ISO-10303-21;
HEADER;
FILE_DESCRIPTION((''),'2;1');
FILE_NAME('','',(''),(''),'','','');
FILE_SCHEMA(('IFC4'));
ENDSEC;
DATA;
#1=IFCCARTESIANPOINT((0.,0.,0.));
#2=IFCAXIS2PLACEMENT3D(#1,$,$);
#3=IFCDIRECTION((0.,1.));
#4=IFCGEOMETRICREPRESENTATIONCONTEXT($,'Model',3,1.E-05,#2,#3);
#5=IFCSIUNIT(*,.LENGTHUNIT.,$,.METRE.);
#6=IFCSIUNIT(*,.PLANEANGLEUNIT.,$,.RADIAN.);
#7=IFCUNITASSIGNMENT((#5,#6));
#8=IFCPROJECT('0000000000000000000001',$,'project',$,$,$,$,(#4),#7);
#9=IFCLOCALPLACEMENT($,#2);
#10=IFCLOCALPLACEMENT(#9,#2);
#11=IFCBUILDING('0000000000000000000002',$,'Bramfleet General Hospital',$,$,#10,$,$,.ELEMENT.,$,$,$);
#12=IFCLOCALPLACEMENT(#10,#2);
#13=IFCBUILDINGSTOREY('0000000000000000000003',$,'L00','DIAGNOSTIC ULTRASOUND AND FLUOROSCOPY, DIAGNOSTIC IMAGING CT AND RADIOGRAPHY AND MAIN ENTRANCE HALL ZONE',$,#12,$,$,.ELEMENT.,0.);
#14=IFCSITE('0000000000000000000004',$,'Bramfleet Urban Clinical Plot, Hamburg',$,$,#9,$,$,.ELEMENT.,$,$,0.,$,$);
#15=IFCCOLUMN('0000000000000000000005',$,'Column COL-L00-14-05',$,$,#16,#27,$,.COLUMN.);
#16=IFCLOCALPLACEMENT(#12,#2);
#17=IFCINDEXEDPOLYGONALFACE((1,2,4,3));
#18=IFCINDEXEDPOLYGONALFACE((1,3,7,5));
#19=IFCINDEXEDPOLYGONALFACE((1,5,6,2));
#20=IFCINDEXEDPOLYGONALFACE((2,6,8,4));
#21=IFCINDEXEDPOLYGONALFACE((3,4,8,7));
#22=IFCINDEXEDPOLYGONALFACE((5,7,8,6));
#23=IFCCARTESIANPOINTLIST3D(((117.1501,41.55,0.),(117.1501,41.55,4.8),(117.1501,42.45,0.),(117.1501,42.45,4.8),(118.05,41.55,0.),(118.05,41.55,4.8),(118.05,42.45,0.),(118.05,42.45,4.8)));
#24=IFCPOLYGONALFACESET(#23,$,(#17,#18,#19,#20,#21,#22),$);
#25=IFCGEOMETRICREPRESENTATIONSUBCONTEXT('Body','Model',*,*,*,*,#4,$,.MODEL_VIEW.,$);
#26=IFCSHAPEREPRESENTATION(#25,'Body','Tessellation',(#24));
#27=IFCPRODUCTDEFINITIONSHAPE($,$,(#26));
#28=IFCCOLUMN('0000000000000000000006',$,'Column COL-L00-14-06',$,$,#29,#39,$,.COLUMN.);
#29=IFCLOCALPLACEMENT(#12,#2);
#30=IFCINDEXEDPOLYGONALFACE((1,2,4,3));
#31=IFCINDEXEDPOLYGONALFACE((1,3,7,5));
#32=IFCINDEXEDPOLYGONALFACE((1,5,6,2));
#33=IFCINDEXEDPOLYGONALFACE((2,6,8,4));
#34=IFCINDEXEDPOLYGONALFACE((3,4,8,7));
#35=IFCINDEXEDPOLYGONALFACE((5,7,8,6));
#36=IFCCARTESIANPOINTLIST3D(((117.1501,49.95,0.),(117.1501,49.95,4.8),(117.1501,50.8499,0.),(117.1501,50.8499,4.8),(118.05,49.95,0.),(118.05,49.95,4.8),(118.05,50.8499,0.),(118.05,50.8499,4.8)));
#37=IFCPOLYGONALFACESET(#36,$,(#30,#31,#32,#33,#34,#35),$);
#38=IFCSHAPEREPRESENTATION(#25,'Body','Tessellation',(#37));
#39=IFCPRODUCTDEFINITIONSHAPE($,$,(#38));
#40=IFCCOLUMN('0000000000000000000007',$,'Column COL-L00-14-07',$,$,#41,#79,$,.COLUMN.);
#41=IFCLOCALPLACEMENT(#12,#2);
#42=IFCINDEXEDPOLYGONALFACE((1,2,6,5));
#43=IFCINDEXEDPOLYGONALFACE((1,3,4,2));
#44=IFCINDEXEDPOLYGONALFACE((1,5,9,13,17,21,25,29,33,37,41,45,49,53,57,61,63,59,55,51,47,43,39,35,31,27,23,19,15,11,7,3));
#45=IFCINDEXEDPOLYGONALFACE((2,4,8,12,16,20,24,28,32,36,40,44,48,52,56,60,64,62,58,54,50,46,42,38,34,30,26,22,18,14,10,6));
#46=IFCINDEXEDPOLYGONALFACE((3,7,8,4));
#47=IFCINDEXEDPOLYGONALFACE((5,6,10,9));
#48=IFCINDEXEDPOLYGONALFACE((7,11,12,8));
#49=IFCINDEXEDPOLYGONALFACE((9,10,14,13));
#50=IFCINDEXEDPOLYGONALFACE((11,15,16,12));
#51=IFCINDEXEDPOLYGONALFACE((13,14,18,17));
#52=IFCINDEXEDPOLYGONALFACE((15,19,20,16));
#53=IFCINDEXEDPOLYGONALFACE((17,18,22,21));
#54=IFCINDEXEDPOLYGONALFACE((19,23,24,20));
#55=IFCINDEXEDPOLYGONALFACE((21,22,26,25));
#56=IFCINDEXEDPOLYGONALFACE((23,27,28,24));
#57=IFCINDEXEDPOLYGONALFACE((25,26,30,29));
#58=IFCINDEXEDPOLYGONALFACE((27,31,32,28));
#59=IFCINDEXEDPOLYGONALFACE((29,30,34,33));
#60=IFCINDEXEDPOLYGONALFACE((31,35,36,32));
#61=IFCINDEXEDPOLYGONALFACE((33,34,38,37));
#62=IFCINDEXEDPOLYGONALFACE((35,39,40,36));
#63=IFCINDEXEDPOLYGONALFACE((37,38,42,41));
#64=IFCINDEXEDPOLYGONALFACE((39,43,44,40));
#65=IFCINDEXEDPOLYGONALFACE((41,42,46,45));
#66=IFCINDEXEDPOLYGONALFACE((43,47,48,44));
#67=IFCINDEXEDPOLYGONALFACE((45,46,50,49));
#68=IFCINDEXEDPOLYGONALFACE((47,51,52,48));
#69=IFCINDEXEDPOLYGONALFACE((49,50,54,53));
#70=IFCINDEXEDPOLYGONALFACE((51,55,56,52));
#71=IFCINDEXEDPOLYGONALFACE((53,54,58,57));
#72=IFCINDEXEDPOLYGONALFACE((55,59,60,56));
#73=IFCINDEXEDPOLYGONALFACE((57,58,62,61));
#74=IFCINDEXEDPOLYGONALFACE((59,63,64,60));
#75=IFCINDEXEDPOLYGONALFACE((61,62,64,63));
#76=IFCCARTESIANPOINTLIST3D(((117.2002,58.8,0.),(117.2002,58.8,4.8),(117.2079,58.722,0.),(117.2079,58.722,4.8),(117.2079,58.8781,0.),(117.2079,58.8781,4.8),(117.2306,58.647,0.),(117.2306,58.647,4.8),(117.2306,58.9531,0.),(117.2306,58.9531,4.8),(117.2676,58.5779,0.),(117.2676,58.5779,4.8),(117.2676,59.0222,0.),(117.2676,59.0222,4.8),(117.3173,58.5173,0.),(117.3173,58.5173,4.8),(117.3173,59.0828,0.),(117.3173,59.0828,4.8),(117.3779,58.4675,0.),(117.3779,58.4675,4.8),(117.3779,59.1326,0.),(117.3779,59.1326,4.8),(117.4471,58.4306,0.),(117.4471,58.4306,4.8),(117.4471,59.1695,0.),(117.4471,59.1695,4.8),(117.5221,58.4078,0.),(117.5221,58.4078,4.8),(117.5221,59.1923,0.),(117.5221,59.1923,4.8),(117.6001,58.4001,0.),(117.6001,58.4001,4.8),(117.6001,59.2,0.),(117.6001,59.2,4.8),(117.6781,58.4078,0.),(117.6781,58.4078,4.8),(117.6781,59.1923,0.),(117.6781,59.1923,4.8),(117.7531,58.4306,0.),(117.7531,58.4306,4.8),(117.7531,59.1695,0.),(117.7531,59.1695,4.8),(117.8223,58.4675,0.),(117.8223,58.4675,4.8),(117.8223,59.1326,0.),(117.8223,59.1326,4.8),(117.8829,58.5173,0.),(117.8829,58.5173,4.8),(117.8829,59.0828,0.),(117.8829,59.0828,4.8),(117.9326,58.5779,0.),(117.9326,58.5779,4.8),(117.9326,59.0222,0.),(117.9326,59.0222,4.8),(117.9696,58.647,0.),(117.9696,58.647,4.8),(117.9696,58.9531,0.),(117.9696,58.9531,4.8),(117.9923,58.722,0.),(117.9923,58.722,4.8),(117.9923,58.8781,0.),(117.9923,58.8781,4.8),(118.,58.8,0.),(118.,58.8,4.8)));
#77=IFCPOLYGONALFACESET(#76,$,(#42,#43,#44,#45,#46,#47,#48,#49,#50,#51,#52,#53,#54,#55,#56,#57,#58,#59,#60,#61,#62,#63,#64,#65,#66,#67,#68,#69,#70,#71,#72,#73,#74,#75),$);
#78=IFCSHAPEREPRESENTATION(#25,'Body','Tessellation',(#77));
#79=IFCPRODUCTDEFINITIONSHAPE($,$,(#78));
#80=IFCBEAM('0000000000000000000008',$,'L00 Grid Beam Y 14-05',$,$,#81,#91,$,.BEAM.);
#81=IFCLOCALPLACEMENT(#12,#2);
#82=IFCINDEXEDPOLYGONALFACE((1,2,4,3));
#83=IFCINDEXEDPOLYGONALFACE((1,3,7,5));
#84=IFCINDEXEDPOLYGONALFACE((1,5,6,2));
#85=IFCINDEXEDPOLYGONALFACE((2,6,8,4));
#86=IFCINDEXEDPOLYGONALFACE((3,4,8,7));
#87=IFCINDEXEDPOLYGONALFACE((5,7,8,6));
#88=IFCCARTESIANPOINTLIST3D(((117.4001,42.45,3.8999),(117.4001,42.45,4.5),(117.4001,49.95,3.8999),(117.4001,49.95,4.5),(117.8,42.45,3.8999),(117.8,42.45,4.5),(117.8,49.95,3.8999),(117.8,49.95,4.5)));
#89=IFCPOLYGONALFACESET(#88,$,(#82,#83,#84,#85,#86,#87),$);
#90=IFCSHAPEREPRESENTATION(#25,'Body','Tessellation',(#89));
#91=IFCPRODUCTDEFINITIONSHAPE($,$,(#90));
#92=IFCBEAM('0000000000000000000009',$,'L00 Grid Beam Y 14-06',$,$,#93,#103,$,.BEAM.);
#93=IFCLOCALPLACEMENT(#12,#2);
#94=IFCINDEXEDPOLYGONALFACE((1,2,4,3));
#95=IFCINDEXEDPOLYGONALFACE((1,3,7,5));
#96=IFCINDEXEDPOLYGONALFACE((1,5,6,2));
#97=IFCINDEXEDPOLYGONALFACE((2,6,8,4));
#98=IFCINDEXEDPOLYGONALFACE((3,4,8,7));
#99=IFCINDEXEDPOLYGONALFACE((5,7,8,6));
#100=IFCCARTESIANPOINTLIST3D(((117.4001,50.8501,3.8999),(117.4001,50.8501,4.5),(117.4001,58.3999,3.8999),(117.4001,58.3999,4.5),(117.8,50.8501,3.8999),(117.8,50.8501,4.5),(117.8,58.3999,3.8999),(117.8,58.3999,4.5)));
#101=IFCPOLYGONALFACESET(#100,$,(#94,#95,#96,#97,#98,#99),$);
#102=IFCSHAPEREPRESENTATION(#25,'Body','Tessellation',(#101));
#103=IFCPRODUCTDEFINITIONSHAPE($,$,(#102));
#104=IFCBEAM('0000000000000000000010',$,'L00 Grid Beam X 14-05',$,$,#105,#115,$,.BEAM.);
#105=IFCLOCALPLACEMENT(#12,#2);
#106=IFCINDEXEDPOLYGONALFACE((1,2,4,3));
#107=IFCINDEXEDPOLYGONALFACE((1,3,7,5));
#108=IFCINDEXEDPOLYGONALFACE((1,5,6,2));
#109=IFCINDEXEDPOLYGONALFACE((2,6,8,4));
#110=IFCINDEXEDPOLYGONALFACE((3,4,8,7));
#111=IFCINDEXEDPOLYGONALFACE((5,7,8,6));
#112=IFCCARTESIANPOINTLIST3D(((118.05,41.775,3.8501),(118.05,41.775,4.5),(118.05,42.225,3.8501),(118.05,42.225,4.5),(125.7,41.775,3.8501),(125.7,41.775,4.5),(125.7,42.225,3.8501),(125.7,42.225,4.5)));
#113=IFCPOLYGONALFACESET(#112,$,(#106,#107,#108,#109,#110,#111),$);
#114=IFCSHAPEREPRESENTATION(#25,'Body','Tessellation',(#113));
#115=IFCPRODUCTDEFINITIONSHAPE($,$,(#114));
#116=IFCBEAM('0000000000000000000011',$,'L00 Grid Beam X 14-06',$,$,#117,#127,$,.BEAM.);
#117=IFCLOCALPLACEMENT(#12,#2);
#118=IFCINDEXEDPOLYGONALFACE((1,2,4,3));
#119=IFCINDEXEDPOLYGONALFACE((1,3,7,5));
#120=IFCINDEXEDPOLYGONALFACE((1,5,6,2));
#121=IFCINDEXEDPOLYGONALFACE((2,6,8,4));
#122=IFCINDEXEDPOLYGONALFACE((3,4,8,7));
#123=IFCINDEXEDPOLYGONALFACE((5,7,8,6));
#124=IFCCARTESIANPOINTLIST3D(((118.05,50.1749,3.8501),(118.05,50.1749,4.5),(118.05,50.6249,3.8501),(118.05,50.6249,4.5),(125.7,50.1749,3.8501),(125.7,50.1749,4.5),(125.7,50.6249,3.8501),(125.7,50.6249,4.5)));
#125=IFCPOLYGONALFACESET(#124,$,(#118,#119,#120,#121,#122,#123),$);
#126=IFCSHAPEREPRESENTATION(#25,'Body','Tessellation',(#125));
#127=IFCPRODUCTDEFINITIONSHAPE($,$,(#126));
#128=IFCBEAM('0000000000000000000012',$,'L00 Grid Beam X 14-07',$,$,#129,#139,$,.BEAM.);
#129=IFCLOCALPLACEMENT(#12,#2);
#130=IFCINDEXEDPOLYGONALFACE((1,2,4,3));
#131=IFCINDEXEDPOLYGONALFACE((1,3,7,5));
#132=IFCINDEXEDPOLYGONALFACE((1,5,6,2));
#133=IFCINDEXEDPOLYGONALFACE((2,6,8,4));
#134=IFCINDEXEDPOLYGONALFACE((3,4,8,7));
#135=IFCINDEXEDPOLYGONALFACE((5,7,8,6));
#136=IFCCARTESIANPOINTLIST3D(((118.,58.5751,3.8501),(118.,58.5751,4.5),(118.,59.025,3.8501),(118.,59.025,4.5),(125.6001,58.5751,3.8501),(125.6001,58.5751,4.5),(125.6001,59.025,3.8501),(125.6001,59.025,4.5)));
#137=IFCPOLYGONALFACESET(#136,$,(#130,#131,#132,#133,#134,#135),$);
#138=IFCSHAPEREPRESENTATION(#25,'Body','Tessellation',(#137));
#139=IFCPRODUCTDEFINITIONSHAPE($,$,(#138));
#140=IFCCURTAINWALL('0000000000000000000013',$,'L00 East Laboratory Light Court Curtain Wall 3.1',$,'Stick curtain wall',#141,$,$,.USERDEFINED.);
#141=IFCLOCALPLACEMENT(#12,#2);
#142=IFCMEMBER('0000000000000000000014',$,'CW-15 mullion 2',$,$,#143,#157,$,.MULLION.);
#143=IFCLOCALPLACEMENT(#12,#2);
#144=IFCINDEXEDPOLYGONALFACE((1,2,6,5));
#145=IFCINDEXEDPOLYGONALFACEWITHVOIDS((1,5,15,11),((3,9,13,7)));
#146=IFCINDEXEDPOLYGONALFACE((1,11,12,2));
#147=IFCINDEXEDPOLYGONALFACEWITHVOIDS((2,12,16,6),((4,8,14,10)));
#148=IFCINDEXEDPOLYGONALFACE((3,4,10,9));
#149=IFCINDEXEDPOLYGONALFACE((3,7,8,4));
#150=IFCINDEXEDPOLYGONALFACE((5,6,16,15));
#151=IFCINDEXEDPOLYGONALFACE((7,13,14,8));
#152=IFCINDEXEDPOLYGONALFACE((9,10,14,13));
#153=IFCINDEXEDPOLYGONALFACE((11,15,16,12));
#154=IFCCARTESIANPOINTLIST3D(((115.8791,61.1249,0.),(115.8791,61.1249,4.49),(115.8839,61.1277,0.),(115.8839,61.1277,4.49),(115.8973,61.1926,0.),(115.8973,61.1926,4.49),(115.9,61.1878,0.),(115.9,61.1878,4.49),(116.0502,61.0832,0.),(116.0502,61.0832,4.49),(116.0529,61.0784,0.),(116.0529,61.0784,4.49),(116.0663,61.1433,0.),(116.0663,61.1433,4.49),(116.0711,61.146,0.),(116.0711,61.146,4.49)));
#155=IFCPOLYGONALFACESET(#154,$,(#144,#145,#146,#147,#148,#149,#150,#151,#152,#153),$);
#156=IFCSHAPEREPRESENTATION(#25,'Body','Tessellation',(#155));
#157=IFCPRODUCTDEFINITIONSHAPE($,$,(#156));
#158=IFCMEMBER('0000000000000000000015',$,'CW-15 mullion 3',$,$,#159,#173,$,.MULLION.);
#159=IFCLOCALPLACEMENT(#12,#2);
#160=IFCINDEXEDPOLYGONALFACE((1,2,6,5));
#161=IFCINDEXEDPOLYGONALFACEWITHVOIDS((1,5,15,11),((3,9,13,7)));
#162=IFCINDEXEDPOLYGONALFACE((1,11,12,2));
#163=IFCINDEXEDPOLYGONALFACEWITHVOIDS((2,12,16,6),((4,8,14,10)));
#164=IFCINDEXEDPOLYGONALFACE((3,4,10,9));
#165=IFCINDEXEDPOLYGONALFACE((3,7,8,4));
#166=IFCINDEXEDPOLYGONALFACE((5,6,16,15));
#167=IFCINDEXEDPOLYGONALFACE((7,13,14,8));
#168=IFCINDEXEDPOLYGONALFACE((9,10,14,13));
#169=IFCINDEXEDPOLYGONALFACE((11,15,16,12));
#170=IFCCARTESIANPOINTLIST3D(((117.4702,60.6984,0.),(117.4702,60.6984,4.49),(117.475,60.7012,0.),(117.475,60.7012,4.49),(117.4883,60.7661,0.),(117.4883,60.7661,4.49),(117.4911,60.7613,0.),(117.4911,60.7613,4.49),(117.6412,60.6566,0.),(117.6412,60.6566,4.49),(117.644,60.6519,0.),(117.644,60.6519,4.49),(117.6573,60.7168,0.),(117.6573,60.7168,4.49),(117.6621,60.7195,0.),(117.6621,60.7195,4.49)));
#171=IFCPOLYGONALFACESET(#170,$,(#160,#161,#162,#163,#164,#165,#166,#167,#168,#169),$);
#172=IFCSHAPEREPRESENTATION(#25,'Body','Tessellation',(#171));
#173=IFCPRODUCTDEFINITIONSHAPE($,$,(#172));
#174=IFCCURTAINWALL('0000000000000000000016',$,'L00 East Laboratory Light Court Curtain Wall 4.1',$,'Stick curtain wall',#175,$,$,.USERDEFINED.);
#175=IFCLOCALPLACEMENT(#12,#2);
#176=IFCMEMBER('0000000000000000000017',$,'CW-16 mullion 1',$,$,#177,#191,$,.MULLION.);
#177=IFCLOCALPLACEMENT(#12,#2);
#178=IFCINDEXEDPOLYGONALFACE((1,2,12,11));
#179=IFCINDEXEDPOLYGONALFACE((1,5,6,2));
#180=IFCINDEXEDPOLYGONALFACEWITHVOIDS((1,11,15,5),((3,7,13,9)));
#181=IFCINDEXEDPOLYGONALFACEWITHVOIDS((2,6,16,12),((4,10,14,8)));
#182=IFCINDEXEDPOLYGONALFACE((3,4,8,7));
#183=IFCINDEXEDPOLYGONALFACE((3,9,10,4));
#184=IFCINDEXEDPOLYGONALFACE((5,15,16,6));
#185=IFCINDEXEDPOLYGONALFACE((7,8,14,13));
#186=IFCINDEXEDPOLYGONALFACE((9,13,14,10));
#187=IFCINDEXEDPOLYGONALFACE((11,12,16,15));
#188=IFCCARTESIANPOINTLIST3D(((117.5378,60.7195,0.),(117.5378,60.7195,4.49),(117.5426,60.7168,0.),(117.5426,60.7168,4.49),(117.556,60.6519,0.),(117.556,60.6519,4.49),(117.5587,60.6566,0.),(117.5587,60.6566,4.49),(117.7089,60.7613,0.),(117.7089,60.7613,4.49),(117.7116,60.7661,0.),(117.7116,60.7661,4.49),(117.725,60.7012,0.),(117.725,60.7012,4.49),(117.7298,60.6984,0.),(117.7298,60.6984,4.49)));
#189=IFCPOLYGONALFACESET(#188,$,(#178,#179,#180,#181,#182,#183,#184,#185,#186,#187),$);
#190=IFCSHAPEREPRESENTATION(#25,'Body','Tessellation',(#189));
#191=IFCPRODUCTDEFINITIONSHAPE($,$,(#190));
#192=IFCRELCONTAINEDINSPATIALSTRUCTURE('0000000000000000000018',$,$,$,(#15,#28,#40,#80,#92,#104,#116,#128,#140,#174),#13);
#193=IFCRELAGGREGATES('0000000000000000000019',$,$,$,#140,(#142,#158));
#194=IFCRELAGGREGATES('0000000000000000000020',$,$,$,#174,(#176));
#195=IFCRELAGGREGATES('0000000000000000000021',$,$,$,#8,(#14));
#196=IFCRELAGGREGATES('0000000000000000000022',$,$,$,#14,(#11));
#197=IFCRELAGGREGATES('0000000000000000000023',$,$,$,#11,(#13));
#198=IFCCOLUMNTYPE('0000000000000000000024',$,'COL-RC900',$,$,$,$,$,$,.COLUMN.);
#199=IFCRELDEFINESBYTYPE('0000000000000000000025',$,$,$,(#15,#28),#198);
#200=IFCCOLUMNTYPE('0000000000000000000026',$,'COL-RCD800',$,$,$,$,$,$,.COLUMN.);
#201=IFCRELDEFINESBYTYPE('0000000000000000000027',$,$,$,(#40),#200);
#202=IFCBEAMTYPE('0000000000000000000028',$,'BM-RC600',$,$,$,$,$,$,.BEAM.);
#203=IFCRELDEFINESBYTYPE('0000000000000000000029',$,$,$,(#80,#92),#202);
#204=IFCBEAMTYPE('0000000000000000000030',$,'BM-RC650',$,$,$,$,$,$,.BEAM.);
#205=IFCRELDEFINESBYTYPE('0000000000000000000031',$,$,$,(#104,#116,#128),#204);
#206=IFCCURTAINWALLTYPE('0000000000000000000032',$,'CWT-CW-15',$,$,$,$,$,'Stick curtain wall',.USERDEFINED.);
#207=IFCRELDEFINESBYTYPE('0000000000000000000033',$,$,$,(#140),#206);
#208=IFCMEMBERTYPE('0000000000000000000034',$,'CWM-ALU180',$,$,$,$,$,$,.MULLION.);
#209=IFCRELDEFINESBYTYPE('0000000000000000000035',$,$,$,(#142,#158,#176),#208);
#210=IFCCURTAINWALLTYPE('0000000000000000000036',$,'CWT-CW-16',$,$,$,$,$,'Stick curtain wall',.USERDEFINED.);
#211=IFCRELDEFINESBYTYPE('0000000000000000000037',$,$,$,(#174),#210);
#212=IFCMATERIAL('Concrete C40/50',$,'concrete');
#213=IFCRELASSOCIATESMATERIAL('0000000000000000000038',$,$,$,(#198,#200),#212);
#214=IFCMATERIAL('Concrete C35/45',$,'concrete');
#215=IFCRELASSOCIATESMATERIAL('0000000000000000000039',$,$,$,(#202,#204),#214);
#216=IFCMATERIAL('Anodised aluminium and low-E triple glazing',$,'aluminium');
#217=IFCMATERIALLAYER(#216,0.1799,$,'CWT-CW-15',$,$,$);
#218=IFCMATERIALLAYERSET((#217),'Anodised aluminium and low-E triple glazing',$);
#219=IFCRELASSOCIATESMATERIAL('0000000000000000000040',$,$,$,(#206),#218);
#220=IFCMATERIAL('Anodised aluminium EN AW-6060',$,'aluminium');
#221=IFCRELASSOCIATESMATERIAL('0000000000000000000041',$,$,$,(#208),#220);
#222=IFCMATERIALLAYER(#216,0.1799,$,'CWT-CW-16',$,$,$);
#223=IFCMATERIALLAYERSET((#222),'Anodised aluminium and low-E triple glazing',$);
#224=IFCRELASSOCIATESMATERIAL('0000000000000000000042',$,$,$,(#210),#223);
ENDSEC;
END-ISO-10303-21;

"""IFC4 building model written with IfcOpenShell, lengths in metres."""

from ifc_helpers import new_model, si_unit, direction, frame, origin, origin_2d, place, context, subcontext, project, spatial, rectangle, hollow_rectangle, circle, extrude, material, layer, layer_set, material_profile, profile_set, type_object, element, aggregate, save


model = new_model("IFC4")

# Units and contexts
model_context = context("Model", 3, precision=1e-05, world=origin(), true_north=direction((0.0, 1.0)))
body_context = subcontext(model_context, "Body", "Model", "MODEL_VIEW")
ifc_project = project(units=[si_unit("LENGTHUNIT", "METRE"), si_unit("PLANEANGLEUNIT", "RADIAN")], contexts=[model_context])

# Site, building, storey
site_placement = place(None, origin())
site = spatial("IfcSite", under=ifc_project, at=site_placement, Name="Bramfleet Urban Clinical Plot, Hamburg", CompositionType="ELEMENT", RefElevation=0.0)
building_placement = place(site_placement, origin())
building = spatial("IfcBuilding", under=site, at=building_placement, Name="Bramfleet General Hospital", CompositionType="ELEMENT")
storey_placement = place(building_placement, origin())
storey = spatial("IfcBuildingStorey", under=building, at=storey_placement, Name="L00", Description="DIAGNOSTIC ULTRASOUND AND FLUOROSCOPY, DIAGNOSTIC IMAGING CT AND RADIOGRAPHY AND MAIN ENTRANCE HALL ZONE", CompositionType="ELEMENT", Elevation=0.0)

# Columns
ifc_material_1 = material(Name="Concrete C40/50", Category="concrete")
ifc_material_profile_1 = material_profile(ifc_material_1, rectangle(XDim=0.8999, YDim=0.8999, at=origin_2d()), Name="RC COL 900x900")
ifc_profile_set_1 = profile_set([ifc_material_profile_1], Name="Concrete C40/50")
column_type_1 = type_object("IfcColumnType", Name="COL-RC900", PredefinedType="COLUMN", material=ifc_profile_set_1)
for number, where, z_axis, x_axis, name in (
    (1, (117.6001, 42.0, 0.0), (0.0, 0.0, 1.0), (1.0, 0.0, 0.0), "Column COL-L00-14-05"),
    (2, (117.6001, 50.3999, 0.0), (0.0, 0.0, 1.0), (1.0, 0.0, 0.0), "Column COL-L00-14-06"),
):
    element("IfcColumn", number, at=place(storey_placement, frame(where, z_axis=z_axis, x_axis=x_axis)), inside=storey, type_object=column_type_1, Name=name, PredefinedType="COLUMN", context=body_context, shape_type="SweptSolid", body=[
        extrude(rectangle(XDim=0.8999, YDim=0.8999, at=origin_2d()), origin(), (0.0, 0.0, 1.0), 4.8),
    ])
ifc_material_profile_2 = material_profile(ifc_material_1, circle(Radius=0.3999, at=origin_2d()), Name="RC ROUND D800")
ifc_profile_set_2 = profile_set([ifc_material_profile_2], Name="Concrete C40/50")
column_type_2 = type_object("IfcColumnType", Name="COL-RCD800", PredefinedType="COLUMN", material=ifc_profile_set_2)
column_placement = place(storey_placement, frame((117.6001, 58.8, 0.0), z_axis=(0.0, 0.0, 1.0), x_axis=(1.0, 0.0, 0.0)))
element("IfcColumn", 3, at=column_placement, inside=storey, type_object=column_type_2, Name="Column COL-L00-14-07", PredefinedType="COLUMN", context=body_context, shape_type="SweptSolid", body=[
    extrude(circle(Radius=0.3999, at=origin_2d()), origin(), (0.0, 0.0, 1.0), 4.8),
])

# Beams
ifc_material_2 = material(Name="Concrete C35/45", Category="concrete")
ifc_material_profile_3 = material_profile(ifc_material_2, rectangle(XDim=0.3999, YDim=0.6001, at=origin_2d()), Name="RC BM 600x400")
ifc_profile_set_3 = profile_set([ifc_material_profile_3], Name="Concrete C35/45")
beam_type_1 = type_object("IfcBeamType", Name="BM-RC600", PredefinedType="BEAM", material=ifc_profile_set_3)
beam_1_placement = place(storey_placement, frame((117.6001, 42.45, 4.2), z_axis=(0.0, 1.0, 0.0), x_axis=(-1.0, 0.0, 0.0)))
element("IfcBeam", 4, at=beam_1_placement, inside=storey, type_object=beam_type_1, Name="L00 Grid Beam Y 14-05", PredefinedType="BEAM", context=body_context, shape_type="SweptSolid", body=[
    extrude(rectangle(XDim=0.3999, YDim=0.6001, at=origin_2d()), origin(), (0.0, 0.0, 1.0), 7.5),
])
beam_2_placement = place(storey_placement, frame((117.6001, 50.8501, 4.2), z_axis=(0.0, 1.0, 0.0), x_axis=(-1.0, 0.0, 0.0)))
element("IfcBeam", 5, at=beam_2_placement, inside=storey, type_object=beam_type_1, Name="L00 Grid Beam Y 14-06", PredefinedType="BEAM", context=body_context, shape_type="SweptSolid", body=[
    extrude(rectangle(XDim=0.3999, YDim=0.6001, at=origin_2d()), origin(), (0.0, 0.0, 1.0), 7.5498),
])
ifc_material_profile_4 = material_profile(ifc_material_2, rectangle(XDim=0.45, YDim=0.6499, at=origin_2d()), Name="RC BM 650x450")
ifc_profile_set_4 = profile_set([ifc_material_profile_4], Name="Concrete C35/45")
beam_type_2 = type_object("IfcBeamType", Name="BM-RC650", PredefinedType="BEAM", material=ifc_profile_set_4)
for number, where, z_axis, x_axis, name in (
    (6, (118.05, 42.0, 4.175), (1.0, 0.0, 0.0), (0.0, 1.0, 0.0), "L00 Grid Beam X 14-05"),
    (7, (118.05, 50.3999, 4.175), (1.0, 0.0, 0.0), (0.0, 1.0, 0.0), "L00 Grid Beam X 14-06"),
):
    element("IfcBeam", number, at=place(storey_placement, frame(where, z_axis=z_axis, x_axis=x_axis)), inside=storey, type_object=beam_type_2, Name=name, PredefinedType="BEAM", context=body_context, shape_type="SweptSolid", body=[
        extrude(rectangle(XDim=0.45, YDim=0.6499, at=origin_2d()), origin(), (0.0, 0.0, 1.0), 7.6499),
    ])
beam_3_placement = place(storey_placement, frame((118.0, 58.8, 4.175), z_axis=(1.0, 0.0, 0.0), x_axis=(0.0, 1.0, 0.0)))
element("IfcBeam", 8, at=beam_3_placement, inside=storey, type_object=beam_type_2, Name="L00 Grid Beam X 14-07", PredefinedType="BEAM", context=body_context, shape_type="SweptSolid", body=[
    extrude(rectangle(XDim=0.45, YDim=0.6499, at=origin_2d()), origin(), (0.0, 0.0, 1.0), 7.6001),
])

# Curtain walls, members
ifc_material_3 = material(Name="Anodised aluminium and low-E triple glazing", Category="aluminium")
ifc_layer_1 = layer(ifc_material_3, 0.1799, Name="CWT-CW-15")
ifc_layer_set_1 = layer_set([ifc_layer_1], Name="Anodised aluminium and low-E triple glazing")
curtain_wall_type_1 = type_object("IfcCurtainWallType", Name="CWT-CW-15", ElementType="Stick curtain wall", PredefinedType="USERDEFINED", material=ifc_layer_set_1)
curtain_wall_1_placement = place(storey_placement, origin())
curtain_wall_1 = element("IfcCurtainWall", 9, at=curtain_wall_1_placement, inside=storey, type_object=curtain_wall_type_1, Name="L00 East Laboratory Light Court Curtain Wall 3.1", ObjectType="Stick curtain wall", PredefinedType="USERDEFINED")
ifc_material_4 = material(Name="Anodised aluminium EN AW-6060", Category="aluminium")
ifc_material_profile_5 = material_profile(ifc_material_4, hollow_rectangle(XDim=0.0701, YDim=0.1799, WallThickness=0.0039, at=origin_2d()), Name="ALU 180x70x4.0")
ifc_profile_set_5 = profile_set([ifc_material_profile_5], Name="Anodised aluminium EN AW-6060")
member_type_1 = type_object("IfcMemberType", Name="CWM-ALU180", PredefinedType="MULLION", material=ifc_profile_set_5)
member_1_placement = place(storey_placement, frame((115.9751, 61.1355, 0.0), z_axis=(0.0, 0.0, 1.0), x_axis=(0.258865, 0.965914, 0.0)))
member_1 = element("IfcMember", 10, at=member_1_placement, type_object=member_type_1, Name="CW-15 mullion 2", PredefinedType="MULLION", context=body_context, shape_type="SweptSolid", body=[
    extrude(hollow_rectangle(XDim=0.0701, YDim=0.1799, WallThickness=0.0039, at=origin_2d()), origin(), (0.0, 0.0, 1.0), 4.49),
])
member_2_placement = place(storey_placement, frame((117.5662, 60.709, 0.0), z_axis=(0.0, 0.0, 1.0), x_axis=(0.258865, 0.965914, 0.0)))
member_2 = element("IfcMember", 11, at=member_2_placement, type_object=member_type_1, Name="CW-15 mullion 3", PredefinedType="MULLION", context=body_context, shape_type="SweptSolid", body=[
    extrude(hollow_rectangle(XDim=0.0701, YDim=0.1799, WallThickness=0.0039, at=origin_2d()), origin(), (0.0, 0.0, 1.0), 4.49),
])
ifc_layer_2 = layer(ifc_material_3, 0.1799, Name="CWT-CW-16")
ifc_layer_set_2 = layer_set([ifc_layer_2], Name="Anodised aluminium and low-E triple glazing")
curtain_wall_type_2 = type_object("IfcCurtainWallType", Name="CWT-CW-16", ElementType="Stick curtain wall", PredefinedType="USERDEFINED", material=ifc_layer_set_2)
curtain_wall_2_placement = place(storey_placement, origin())
curtain_wall_2 = element("IfcCurtainWall", 12, at=curtain_wall_2_placement, inside=storey, type_object=curtain_wall_type_2, Name="L00 East Laboratory Light Court Curtain Wall 4.1", ObjectType="Stick curtain wall", PredefinedType="USERDEFINED")
member_3_placement = place(storey_placement, frame((117.6338, 60.709, 0.0), z_axis=(0.0, 0.0, 1.0), x_axis=(-0.258865, 0.965914, 0.0)))
member_3 = element("IfcMember", 13, at=member_3_placement, type_object=member_type_1, Name="CW-16 mullion 1", PredefinedType="MULLION", context=body_context, shape_type="SweptSolid", body=[
    extrude(hollow_rectangle(XDim=0.0701, YDim=0.1799, WallThickness=0.0039, at=origin_2d()), origin(), (0.0, 0.0, 1.0), 4.49),
])

aggregate(curtain_wall_1, [member_1, member_2])
aggregate(curtain_wall_2, [member_3])

save(model, "model.ifc")
